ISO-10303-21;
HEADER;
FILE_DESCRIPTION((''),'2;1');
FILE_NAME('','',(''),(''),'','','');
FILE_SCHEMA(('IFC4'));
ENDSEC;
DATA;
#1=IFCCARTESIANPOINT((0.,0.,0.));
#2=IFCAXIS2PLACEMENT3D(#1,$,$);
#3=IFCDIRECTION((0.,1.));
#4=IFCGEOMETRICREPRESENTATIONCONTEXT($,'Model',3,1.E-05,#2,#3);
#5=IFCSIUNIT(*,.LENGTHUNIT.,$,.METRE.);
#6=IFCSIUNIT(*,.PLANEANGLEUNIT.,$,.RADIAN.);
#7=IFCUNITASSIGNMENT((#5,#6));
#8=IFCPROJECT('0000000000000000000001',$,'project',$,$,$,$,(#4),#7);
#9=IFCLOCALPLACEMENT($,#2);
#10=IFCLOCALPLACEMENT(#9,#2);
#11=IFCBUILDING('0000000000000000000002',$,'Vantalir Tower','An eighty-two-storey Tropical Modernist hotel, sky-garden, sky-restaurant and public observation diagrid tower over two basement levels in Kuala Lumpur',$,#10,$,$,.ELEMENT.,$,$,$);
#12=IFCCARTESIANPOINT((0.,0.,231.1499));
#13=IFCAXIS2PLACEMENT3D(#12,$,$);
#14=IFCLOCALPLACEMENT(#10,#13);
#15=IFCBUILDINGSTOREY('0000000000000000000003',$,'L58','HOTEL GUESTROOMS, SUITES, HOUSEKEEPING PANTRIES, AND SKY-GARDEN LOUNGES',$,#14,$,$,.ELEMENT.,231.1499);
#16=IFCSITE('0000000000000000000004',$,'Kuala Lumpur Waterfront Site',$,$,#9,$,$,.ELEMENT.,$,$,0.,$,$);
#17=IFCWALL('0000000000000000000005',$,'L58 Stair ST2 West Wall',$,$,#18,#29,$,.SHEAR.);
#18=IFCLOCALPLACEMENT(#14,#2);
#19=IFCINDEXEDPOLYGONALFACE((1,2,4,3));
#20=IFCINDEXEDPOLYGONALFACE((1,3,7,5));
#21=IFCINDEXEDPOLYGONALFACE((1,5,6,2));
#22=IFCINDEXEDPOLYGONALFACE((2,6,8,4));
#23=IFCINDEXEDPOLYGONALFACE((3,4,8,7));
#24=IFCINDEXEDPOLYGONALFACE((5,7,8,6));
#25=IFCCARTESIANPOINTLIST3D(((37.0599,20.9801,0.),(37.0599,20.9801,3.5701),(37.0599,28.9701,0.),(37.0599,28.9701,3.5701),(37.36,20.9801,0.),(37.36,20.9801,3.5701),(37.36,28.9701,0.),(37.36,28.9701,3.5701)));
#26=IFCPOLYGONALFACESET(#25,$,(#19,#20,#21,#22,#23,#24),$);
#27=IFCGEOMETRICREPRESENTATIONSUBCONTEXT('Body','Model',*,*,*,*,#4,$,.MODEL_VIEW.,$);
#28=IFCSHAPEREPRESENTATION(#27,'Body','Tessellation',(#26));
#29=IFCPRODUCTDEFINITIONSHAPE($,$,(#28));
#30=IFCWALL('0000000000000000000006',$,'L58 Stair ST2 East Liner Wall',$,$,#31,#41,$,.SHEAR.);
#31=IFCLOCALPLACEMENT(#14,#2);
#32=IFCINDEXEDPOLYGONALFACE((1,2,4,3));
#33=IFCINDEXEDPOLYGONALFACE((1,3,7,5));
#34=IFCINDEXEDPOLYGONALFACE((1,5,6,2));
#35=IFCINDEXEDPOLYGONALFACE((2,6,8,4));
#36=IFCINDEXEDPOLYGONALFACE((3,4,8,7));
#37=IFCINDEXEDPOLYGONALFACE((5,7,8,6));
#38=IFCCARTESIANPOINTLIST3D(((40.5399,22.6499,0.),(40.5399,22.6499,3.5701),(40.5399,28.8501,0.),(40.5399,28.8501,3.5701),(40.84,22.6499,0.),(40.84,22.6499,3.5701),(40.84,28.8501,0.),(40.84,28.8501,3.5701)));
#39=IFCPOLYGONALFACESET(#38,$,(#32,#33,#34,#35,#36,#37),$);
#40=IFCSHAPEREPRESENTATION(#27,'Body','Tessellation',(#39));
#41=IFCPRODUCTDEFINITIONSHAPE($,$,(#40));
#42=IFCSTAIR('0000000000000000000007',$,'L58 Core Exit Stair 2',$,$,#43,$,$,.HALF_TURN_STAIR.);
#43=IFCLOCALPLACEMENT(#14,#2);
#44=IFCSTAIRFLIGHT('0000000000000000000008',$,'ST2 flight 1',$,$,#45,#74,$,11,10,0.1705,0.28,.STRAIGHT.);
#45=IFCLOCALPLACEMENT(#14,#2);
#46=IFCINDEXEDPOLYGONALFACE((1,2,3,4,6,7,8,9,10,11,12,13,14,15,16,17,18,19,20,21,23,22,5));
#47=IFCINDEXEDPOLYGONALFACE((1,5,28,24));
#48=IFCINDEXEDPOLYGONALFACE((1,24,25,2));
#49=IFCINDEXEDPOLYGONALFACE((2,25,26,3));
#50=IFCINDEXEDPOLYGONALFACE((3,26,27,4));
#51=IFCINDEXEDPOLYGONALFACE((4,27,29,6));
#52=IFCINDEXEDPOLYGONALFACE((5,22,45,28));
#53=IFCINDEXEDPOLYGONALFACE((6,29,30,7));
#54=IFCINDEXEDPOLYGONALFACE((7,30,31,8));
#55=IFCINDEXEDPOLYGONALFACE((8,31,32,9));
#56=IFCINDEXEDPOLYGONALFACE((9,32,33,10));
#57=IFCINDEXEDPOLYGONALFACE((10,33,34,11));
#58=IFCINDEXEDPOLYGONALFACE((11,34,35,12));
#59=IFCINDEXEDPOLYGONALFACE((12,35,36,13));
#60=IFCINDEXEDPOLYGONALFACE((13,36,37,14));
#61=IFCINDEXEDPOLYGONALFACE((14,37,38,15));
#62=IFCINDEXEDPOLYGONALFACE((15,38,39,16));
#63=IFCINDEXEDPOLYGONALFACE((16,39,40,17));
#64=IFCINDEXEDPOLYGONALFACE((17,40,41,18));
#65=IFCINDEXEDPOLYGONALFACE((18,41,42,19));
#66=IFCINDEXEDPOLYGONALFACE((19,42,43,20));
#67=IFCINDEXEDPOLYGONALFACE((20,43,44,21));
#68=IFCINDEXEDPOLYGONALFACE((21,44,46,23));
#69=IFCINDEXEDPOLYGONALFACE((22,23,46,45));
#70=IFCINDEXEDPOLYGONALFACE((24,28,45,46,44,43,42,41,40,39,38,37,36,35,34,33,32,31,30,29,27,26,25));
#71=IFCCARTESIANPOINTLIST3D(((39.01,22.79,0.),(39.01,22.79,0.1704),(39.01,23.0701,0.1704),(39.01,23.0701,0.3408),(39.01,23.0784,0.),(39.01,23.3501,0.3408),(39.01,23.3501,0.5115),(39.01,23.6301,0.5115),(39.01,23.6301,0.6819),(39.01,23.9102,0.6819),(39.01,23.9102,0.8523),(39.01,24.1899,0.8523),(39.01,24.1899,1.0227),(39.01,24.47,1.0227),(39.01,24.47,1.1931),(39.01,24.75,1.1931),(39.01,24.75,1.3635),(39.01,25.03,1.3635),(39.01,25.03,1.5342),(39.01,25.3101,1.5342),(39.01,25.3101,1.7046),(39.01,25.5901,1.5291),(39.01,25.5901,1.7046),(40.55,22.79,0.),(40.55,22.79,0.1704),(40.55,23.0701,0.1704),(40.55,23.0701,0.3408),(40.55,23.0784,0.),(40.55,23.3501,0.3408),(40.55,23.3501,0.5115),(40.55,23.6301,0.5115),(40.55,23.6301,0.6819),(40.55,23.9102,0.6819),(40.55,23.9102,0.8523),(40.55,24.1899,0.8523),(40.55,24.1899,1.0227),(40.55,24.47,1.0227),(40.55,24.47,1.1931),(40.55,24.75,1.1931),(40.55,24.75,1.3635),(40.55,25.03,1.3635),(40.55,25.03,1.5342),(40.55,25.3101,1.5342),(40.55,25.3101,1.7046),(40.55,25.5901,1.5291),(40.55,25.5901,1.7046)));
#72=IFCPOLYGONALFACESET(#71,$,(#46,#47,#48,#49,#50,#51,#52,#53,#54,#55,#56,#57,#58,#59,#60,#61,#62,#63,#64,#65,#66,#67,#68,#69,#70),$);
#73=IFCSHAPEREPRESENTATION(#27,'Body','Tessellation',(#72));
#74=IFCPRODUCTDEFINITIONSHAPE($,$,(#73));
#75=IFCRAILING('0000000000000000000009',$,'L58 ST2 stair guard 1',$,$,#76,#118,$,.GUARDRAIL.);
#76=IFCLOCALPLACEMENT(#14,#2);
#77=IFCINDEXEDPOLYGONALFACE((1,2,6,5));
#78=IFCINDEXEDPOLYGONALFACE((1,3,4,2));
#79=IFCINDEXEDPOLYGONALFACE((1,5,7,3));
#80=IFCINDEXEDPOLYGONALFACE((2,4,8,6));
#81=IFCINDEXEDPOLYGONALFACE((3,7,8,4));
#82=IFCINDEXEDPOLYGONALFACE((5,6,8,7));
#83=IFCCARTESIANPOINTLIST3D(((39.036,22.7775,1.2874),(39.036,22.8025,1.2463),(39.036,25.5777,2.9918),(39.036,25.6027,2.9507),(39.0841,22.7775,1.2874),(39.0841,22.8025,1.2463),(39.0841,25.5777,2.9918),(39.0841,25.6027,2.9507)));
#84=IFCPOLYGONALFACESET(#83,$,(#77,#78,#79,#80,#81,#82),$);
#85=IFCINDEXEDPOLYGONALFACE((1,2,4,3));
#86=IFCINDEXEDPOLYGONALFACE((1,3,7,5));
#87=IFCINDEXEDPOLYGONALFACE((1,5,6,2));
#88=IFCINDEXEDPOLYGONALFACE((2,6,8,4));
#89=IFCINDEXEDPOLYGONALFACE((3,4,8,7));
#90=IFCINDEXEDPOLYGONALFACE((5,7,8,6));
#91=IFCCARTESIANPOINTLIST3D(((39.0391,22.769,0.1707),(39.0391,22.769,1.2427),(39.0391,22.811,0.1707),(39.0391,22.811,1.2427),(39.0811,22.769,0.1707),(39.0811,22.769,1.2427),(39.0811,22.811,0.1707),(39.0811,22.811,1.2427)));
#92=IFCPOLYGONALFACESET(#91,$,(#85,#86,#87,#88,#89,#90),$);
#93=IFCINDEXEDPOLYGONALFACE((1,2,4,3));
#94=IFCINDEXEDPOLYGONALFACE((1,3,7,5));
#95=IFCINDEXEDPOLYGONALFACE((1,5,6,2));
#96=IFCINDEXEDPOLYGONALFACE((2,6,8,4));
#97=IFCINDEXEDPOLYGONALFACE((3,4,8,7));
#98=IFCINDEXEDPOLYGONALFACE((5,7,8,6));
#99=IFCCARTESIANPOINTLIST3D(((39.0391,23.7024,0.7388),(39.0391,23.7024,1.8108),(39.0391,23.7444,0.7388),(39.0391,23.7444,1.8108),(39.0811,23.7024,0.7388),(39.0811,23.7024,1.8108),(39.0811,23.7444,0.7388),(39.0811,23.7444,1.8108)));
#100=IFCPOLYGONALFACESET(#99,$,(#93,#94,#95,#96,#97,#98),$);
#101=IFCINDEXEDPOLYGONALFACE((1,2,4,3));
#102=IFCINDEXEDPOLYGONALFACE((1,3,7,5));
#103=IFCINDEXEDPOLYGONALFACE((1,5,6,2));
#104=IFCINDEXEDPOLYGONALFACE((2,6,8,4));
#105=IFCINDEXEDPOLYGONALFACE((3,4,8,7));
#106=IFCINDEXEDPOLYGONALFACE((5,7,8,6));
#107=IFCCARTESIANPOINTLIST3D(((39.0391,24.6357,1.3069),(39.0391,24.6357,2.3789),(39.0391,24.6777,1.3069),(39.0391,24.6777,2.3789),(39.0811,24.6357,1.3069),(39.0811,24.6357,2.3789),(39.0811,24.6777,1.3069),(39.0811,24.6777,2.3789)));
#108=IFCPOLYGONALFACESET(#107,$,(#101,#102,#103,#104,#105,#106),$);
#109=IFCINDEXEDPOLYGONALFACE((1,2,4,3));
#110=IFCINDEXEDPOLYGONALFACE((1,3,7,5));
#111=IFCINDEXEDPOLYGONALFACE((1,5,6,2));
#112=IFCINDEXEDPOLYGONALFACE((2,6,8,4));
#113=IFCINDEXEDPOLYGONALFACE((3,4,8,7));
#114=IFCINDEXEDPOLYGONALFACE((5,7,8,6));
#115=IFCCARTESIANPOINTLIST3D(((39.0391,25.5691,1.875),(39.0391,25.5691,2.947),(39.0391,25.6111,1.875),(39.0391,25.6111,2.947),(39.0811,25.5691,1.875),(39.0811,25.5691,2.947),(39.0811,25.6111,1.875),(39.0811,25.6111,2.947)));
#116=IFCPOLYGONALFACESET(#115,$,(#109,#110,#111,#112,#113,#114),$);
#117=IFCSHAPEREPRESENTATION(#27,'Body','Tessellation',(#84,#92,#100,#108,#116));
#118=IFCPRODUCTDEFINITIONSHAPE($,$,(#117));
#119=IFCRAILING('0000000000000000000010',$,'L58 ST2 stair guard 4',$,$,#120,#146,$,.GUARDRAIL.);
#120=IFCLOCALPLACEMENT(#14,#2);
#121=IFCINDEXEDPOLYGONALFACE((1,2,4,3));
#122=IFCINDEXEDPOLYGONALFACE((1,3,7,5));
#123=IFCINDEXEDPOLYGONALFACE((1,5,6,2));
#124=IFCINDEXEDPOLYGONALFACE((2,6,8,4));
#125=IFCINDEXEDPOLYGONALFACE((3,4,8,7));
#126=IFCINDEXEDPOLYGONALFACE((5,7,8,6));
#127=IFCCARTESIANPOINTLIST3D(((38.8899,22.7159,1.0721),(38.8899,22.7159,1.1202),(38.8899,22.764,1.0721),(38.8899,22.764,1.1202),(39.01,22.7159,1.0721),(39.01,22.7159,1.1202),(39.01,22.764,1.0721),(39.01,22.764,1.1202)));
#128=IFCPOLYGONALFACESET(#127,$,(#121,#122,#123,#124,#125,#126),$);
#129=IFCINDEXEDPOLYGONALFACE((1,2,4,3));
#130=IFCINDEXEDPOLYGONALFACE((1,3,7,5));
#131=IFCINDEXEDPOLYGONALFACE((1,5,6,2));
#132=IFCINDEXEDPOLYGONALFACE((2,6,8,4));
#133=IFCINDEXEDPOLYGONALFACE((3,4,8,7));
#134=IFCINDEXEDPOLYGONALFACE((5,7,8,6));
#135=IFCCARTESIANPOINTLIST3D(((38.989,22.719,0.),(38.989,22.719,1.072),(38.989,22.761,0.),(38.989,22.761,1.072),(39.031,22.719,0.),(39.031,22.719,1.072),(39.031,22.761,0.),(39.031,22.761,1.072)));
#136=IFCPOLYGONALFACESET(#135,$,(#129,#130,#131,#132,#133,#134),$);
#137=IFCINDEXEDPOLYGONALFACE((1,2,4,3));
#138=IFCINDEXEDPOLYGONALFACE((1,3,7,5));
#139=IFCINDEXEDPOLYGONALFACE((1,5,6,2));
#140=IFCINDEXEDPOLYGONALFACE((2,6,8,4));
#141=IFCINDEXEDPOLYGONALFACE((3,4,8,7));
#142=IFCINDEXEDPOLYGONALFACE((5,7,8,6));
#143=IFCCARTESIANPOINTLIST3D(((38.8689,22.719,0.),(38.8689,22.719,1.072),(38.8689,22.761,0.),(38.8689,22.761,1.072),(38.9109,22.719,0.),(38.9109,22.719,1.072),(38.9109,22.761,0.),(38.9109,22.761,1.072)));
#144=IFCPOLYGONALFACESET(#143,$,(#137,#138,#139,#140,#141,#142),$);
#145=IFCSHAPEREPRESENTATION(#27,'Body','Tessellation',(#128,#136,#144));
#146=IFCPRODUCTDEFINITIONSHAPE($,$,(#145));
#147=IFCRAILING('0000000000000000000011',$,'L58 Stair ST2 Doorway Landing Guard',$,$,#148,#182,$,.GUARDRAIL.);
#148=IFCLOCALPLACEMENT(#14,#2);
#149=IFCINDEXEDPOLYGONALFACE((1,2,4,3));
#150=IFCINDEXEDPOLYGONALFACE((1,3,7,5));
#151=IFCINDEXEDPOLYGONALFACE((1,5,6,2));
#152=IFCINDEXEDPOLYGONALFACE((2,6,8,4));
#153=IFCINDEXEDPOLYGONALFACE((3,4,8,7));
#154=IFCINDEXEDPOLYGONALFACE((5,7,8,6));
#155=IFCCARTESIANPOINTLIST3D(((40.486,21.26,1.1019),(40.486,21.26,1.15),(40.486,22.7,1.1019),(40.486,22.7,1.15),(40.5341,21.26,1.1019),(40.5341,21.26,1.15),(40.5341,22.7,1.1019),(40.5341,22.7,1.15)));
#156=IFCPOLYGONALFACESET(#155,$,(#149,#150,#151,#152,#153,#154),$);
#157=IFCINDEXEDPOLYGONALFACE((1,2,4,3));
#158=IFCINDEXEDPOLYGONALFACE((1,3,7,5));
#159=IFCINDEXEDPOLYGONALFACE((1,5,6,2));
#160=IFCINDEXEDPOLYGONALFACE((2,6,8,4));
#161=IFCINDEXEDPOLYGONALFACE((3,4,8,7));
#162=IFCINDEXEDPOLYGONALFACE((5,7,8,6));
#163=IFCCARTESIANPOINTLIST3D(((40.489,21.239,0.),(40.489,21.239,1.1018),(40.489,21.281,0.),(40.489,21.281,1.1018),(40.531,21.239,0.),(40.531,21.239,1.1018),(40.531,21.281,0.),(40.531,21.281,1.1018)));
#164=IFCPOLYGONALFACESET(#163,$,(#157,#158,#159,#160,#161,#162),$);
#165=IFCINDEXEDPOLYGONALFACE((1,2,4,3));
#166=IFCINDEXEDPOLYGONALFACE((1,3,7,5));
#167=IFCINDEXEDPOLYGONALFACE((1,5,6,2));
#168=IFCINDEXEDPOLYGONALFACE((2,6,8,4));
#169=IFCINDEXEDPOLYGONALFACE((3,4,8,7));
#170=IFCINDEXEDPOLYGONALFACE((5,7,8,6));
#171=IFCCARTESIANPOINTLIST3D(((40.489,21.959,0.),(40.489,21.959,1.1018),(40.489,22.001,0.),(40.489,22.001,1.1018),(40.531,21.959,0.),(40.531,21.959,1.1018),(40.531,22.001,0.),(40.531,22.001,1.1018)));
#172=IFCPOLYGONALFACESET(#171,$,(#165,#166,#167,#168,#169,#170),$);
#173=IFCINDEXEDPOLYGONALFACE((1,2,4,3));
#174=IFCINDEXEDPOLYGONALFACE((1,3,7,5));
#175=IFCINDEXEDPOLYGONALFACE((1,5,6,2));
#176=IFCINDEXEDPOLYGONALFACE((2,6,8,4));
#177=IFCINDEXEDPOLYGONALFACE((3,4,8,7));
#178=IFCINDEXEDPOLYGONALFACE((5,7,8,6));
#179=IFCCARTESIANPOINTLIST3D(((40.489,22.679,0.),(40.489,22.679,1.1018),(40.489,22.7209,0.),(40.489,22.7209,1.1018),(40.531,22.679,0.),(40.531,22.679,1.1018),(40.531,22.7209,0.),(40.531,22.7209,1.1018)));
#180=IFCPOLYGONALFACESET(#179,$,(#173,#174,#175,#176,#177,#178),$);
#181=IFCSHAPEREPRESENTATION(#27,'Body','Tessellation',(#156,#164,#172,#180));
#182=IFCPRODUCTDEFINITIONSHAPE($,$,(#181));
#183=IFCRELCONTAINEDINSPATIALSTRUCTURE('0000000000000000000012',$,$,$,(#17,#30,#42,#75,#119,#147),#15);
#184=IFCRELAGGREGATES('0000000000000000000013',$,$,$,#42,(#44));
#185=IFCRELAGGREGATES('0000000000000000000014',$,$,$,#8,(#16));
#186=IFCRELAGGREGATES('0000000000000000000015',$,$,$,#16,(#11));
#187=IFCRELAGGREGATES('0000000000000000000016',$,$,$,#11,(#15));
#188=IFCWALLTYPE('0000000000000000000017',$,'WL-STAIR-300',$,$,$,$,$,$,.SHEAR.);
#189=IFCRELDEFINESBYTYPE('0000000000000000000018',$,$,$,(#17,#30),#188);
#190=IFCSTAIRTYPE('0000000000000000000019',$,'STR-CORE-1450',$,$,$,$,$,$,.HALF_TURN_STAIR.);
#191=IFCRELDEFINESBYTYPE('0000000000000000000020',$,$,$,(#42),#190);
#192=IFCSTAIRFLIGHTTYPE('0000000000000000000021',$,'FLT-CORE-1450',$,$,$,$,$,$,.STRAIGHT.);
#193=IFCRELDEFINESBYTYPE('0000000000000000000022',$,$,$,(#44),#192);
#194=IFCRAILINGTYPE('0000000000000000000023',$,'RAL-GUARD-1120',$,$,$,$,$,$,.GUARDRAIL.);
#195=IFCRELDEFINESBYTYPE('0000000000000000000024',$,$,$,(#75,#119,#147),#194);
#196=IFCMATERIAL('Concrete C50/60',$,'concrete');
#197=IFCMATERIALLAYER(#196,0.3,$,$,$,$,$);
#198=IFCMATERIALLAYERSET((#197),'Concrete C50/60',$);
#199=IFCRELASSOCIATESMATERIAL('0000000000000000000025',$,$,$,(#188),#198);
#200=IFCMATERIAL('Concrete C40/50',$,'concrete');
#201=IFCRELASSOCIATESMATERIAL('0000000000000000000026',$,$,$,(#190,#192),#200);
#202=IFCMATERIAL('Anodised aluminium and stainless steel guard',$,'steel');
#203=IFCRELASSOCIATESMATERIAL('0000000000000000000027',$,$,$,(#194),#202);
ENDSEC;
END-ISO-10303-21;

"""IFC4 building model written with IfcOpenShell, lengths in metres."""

from ifc_helpers import new_model, si_unit, direction, frame, frame_2d, origin, origin_2d, place, context, subcontext, project, spatial, polyline, rectangle, outline, extrude, material, layer, layer_set, type_object, element, aggregate, save


model = new_model("IFC4")

# Units and contexts
model_context = context("Model", 3, precision=1e-05, world=origin(), true_north=direction((0.0, 1.0)))
body_context = subcontext(model_context, "Body", "Model", "MODEL_VIEW")
ifc_project = project(units=[si_unit("LENGTHUNIT", "METRE"), si_unit("PLANEANGLEUNIT", "RADIAN")], contexts=[model_context])

# Site, building, storey
site_placement = place(None, origin())
site = spatial("IfcSite", under=ifc_project, at=site_placement, Name="Kuala Lumpur Waterfront Site", CompositionType="ELEMENT", RefElevation=0.0)
building_placement = place(site_placement, origin())
building = spatial("IfcBuilding", under=site, at=building_placement, Name="Vantalir Tower", Description="An eighty-two-storey Tropical Modernist hotel, sky-garden, sky-restaurant and public observation diagrid tower over two basement levels in Kuala Lumpur", CompositionType="ELEMENT")
storey_placement = place(building_placement, frame((0.0, 0.0, 231.1499)))
storey = spatial("IfcBuildingStorey", under=building, at=storey_placement, Name="L58", Description="HOTEL GUESTROOMS, SUITES, HOUSEKEEPING PANTRIES, AND SKY-GARDEN LOUNGES", CompositionType="ELEMENT", Elevation=231.1499)

# Shared definitions
ifc_material_1 = material(Name="Concrete C50/60", Category="concrete")

# Walls
ifc_layer_1 = layer(ifc_material_1, 0.3)
ifc_layer_set_1 = layer_set([ifc_layer_1], Name="Concrete C50/60")
wall_type_1 = type_object("IfcWallType", Name="WL-STAIR-300", PredefinedType="SHEAR", material=ifc_layer_set_1)
wall_1_placement = place(storey_placement, frame((37.21, 20.98, 0.0), z_axis=(0.0, 0.0, 1.0), x_axis=(0.0, 1.0, 0.0)))
element("IfcWall", 1, at=wall_1_placement, inside=storey, type_object=wall_type_1, Name="L58 Stair ST2 West Wall", PredefinedType="SHEAR", context=body_context, shape_type="SweptSolid", body=[
    extrude(rectangle(XDim=7.99, YDim=0.3, at=frame_2d((3.9951, 0.0))), origin(), (0.0, 0.0, 1.0), 3.5701),
])
wall_2_placement = place(storey_placement, frame((40.6899, 22.6499, 0.0), z_axis=(0.0, 0.0, 1.0), x_axis=(0.0, 1.0, 0.0)))
element("IfcWall", 2, at=wall_2_placement, inside=storey, type_object=wall_type_1, Name="L58 Stair ST2 East Liner Wall", PredefinedType="SHEAR", context=body_context, shape_type="SweptSolid", body=[
    extrude(rectangle(XDim=6.2002, YDim=0.3, at=frame_2d((3.1001, 0.0))), origin(), (0.0, 0.0, 1.0), 3.5701),
])

# Stair, stair flight
ifc_material_2 = material(Name="Concrete C40/50", Category="concrete")
stair_type = type_object("IfcStairType", Name="STR-CORE-1450", PredefinedType="HALF_TURN_STAIR", material=ifc_material_2)
stair_placement = place(storey_placement, origin())
stair = element("IfcStair", 3, at=stair_placement, inside=storey, type_object=stair_type, Name="L58 Core Exit Stair 2", PredefinedType="HALF_TURN_STAIR")
stair_flight_type = type_object("IfcStairFlightType", Name="FLT-CORE-1450", PredefinedType="STRAIGHT", material=ifc_material_2)
stair_flight_placement = place(storey_placement, frame((39.78, 22.79, 0.0), z_axis=(0.0, 0.0, 1.0), x_axis=(0.0, 1.0, 0.0)))
stair_flight = element("IfcStairFlight", 4, at=stair_flight_placement, type_object=stair_flight_type, Name="ST2 flight 1", NumberOfRisers=11, NumberOfTreads=10, PredefinedType="STRAIGHT", RiserHeight=0.1705, TreadLength=0.28, context=body_context, shape_type="SweptSolid", body=[
    extrude(outline(polyline([(0.0, 0.0), (0.0, 0.1704), (0.28, 0.1704), (0.28, 0.3408), (0.5601, 0.3408), (0.5601, 0.5115), (0.8401, 0.5115), (0.8401, 0.6819), (1.1201, 0.6819), (1.1201, 0.8523), (1.3999, 0.8523), (1.3999, 1.0227), (1.6799, 1.0227), (1.6799, 1.1931), (1.96, 1.1931), (1.96, 1.3635), (2.24, 1.3635), (2.24, 1.5342), (2.52, 1.5342), (2.52, 1.7046), (2.8, 1.7046), (2.8, 1.875), (2.8, 1.5291), (0.2883, 0.0), (0.0, 0.0)])), frame((0.0, 0.77, 0.0), z_axis=(0.0, -1.0, 0.0), x_axis=(1.0, 0.0, 0.0)), (0.0, 0.0, 1.0), 1.54),
])
aggregate(stair, [stair_flight])

# Railings
ifc_material_3 = material(Name="Anodised aluminium and stainless steel guard", Category="steel")
railing_type_1 = type_object("IfcRailingType", Name="RAL-GUARD-1120", PredefinedType="GUARDRAIL", material=ifc_material_3)
railing_1_placement = place(storey_placement, frame((39.0601, 22.79, 0.1707)))
element("IfcRailing", 5, at=railing_1_placement, inside=storey, type_object=railing_type_1, Name="L58 ST2 stair guard 1", PredefinedType="GUARDRAIL", context=body_context, shape_type="SweptSolid", body=[
    extrude(rectangle(XDim=0.0481, YDim=0.0481, at=origin_2d()), frame((0.0, 0.0, 1.0962), z_axis=(0.0, 0.854203, 0.51994), x_axis=(-1.0, 0.0, 0.0)), (0.0, 0.0, 1.0), 3.2781),
    extrude(rectangle(XDim=0.042, YDim=0.042, at=origin_2d()), origin(), (0.0, 0.0, 1.0), 1.072),
    extrude(rectangle(XDim=0.042, YDim=0.042, at=origin_2d()), frame((0.0, 0.9333, 0.5681)), (0.0, 0.0, 1.0), 1.072),
    extrude(rectangle(XDim=0.042, YDim=0.042, at=origin_2d()), frame((0.0, 1.8667, 1.1362)), (0.0, 0.0, 1.0), 1.072),
    extrude(rectangle(XDim=0.042, YDim=0.042, at=origin_2d()), frame((0.0, 2.8, 1.7043)), (0.0, 0.0, 1.0), 1.072),
])
railing_2_placement = place(storey_placement, frame((39.01, 22.74, 0.0)))
element("IfcRailing", 6, at=railing_2_placement, inside=storey, type_object=railing_type_1, Name="L58 ST2 stair guard 4", PredefinedType="GUARDRAIL", context=body_context, shape_type="SweptSolid", body=[
    extrude(rectangle(XDim=0.0481, YDim=0.0481, at=origin_2d()), frame((0.0, 0.0, 1.0962), z_axis=(-1.0, 0.0, 0.0), x_axis=(0.0, -1.0, 0.0)), (0.0, 0.0, 1.0), 0.1201),
    extrude(rectangle(XDim=0.042, YDim=0.042, at=origin_2d()), origin(), (0.0, 0.0, 1.0), 1.072),
    extrude(rectangle(XDim=0.042, YDim=0.042, at=origin_2d()), frame((-0.1201, 0.0, 0.0)), (0.0, 0.0, 1.0), 1.072),
])
railing_3_placement = place(storey_placement, frame((40.51, 21.26, 0.0)))
element("IfcRailing", 7, at=railing_3_placement, inside=storey, type_object=railing_type_1, Name="L58 Stair ST2 Doorway Landing Guard", PredefinedType="GUARDRAIL", context=body_context, shape_type="SweptSolid", body=[
    extrude(rectangle(XDim=0.0481, YDim=0.0481, at=origin_2d()), frame((0.0, 0.0, 1.126), z_axis=(0.0, 1.0, 0.0), x_axis=(-1.0, 0.0, 0.0)), (0.0, 0.0, 1.0), 1.4399),
    extrude(rectangle(XDim=0.042, YDim=0.042, at=origin_2d()), origin(), (0.0, 0.0, 1.0), 1.1018),
    extrude(rectangle(XDim=0.042, YDim=0.042, at=origin_2d()), frame((0.0, 0.72, 0.0)), (0.0, 0.0, 1.0), 1.1018),
    extrude(rectangle(XDim=0.042, YDim=0.042, at=origin_2d()), frame((0.0, 1.4399, 0.0)), (0.0, 0.0, 1.0), 1.1018),
])

save(model, "model.ifc")
